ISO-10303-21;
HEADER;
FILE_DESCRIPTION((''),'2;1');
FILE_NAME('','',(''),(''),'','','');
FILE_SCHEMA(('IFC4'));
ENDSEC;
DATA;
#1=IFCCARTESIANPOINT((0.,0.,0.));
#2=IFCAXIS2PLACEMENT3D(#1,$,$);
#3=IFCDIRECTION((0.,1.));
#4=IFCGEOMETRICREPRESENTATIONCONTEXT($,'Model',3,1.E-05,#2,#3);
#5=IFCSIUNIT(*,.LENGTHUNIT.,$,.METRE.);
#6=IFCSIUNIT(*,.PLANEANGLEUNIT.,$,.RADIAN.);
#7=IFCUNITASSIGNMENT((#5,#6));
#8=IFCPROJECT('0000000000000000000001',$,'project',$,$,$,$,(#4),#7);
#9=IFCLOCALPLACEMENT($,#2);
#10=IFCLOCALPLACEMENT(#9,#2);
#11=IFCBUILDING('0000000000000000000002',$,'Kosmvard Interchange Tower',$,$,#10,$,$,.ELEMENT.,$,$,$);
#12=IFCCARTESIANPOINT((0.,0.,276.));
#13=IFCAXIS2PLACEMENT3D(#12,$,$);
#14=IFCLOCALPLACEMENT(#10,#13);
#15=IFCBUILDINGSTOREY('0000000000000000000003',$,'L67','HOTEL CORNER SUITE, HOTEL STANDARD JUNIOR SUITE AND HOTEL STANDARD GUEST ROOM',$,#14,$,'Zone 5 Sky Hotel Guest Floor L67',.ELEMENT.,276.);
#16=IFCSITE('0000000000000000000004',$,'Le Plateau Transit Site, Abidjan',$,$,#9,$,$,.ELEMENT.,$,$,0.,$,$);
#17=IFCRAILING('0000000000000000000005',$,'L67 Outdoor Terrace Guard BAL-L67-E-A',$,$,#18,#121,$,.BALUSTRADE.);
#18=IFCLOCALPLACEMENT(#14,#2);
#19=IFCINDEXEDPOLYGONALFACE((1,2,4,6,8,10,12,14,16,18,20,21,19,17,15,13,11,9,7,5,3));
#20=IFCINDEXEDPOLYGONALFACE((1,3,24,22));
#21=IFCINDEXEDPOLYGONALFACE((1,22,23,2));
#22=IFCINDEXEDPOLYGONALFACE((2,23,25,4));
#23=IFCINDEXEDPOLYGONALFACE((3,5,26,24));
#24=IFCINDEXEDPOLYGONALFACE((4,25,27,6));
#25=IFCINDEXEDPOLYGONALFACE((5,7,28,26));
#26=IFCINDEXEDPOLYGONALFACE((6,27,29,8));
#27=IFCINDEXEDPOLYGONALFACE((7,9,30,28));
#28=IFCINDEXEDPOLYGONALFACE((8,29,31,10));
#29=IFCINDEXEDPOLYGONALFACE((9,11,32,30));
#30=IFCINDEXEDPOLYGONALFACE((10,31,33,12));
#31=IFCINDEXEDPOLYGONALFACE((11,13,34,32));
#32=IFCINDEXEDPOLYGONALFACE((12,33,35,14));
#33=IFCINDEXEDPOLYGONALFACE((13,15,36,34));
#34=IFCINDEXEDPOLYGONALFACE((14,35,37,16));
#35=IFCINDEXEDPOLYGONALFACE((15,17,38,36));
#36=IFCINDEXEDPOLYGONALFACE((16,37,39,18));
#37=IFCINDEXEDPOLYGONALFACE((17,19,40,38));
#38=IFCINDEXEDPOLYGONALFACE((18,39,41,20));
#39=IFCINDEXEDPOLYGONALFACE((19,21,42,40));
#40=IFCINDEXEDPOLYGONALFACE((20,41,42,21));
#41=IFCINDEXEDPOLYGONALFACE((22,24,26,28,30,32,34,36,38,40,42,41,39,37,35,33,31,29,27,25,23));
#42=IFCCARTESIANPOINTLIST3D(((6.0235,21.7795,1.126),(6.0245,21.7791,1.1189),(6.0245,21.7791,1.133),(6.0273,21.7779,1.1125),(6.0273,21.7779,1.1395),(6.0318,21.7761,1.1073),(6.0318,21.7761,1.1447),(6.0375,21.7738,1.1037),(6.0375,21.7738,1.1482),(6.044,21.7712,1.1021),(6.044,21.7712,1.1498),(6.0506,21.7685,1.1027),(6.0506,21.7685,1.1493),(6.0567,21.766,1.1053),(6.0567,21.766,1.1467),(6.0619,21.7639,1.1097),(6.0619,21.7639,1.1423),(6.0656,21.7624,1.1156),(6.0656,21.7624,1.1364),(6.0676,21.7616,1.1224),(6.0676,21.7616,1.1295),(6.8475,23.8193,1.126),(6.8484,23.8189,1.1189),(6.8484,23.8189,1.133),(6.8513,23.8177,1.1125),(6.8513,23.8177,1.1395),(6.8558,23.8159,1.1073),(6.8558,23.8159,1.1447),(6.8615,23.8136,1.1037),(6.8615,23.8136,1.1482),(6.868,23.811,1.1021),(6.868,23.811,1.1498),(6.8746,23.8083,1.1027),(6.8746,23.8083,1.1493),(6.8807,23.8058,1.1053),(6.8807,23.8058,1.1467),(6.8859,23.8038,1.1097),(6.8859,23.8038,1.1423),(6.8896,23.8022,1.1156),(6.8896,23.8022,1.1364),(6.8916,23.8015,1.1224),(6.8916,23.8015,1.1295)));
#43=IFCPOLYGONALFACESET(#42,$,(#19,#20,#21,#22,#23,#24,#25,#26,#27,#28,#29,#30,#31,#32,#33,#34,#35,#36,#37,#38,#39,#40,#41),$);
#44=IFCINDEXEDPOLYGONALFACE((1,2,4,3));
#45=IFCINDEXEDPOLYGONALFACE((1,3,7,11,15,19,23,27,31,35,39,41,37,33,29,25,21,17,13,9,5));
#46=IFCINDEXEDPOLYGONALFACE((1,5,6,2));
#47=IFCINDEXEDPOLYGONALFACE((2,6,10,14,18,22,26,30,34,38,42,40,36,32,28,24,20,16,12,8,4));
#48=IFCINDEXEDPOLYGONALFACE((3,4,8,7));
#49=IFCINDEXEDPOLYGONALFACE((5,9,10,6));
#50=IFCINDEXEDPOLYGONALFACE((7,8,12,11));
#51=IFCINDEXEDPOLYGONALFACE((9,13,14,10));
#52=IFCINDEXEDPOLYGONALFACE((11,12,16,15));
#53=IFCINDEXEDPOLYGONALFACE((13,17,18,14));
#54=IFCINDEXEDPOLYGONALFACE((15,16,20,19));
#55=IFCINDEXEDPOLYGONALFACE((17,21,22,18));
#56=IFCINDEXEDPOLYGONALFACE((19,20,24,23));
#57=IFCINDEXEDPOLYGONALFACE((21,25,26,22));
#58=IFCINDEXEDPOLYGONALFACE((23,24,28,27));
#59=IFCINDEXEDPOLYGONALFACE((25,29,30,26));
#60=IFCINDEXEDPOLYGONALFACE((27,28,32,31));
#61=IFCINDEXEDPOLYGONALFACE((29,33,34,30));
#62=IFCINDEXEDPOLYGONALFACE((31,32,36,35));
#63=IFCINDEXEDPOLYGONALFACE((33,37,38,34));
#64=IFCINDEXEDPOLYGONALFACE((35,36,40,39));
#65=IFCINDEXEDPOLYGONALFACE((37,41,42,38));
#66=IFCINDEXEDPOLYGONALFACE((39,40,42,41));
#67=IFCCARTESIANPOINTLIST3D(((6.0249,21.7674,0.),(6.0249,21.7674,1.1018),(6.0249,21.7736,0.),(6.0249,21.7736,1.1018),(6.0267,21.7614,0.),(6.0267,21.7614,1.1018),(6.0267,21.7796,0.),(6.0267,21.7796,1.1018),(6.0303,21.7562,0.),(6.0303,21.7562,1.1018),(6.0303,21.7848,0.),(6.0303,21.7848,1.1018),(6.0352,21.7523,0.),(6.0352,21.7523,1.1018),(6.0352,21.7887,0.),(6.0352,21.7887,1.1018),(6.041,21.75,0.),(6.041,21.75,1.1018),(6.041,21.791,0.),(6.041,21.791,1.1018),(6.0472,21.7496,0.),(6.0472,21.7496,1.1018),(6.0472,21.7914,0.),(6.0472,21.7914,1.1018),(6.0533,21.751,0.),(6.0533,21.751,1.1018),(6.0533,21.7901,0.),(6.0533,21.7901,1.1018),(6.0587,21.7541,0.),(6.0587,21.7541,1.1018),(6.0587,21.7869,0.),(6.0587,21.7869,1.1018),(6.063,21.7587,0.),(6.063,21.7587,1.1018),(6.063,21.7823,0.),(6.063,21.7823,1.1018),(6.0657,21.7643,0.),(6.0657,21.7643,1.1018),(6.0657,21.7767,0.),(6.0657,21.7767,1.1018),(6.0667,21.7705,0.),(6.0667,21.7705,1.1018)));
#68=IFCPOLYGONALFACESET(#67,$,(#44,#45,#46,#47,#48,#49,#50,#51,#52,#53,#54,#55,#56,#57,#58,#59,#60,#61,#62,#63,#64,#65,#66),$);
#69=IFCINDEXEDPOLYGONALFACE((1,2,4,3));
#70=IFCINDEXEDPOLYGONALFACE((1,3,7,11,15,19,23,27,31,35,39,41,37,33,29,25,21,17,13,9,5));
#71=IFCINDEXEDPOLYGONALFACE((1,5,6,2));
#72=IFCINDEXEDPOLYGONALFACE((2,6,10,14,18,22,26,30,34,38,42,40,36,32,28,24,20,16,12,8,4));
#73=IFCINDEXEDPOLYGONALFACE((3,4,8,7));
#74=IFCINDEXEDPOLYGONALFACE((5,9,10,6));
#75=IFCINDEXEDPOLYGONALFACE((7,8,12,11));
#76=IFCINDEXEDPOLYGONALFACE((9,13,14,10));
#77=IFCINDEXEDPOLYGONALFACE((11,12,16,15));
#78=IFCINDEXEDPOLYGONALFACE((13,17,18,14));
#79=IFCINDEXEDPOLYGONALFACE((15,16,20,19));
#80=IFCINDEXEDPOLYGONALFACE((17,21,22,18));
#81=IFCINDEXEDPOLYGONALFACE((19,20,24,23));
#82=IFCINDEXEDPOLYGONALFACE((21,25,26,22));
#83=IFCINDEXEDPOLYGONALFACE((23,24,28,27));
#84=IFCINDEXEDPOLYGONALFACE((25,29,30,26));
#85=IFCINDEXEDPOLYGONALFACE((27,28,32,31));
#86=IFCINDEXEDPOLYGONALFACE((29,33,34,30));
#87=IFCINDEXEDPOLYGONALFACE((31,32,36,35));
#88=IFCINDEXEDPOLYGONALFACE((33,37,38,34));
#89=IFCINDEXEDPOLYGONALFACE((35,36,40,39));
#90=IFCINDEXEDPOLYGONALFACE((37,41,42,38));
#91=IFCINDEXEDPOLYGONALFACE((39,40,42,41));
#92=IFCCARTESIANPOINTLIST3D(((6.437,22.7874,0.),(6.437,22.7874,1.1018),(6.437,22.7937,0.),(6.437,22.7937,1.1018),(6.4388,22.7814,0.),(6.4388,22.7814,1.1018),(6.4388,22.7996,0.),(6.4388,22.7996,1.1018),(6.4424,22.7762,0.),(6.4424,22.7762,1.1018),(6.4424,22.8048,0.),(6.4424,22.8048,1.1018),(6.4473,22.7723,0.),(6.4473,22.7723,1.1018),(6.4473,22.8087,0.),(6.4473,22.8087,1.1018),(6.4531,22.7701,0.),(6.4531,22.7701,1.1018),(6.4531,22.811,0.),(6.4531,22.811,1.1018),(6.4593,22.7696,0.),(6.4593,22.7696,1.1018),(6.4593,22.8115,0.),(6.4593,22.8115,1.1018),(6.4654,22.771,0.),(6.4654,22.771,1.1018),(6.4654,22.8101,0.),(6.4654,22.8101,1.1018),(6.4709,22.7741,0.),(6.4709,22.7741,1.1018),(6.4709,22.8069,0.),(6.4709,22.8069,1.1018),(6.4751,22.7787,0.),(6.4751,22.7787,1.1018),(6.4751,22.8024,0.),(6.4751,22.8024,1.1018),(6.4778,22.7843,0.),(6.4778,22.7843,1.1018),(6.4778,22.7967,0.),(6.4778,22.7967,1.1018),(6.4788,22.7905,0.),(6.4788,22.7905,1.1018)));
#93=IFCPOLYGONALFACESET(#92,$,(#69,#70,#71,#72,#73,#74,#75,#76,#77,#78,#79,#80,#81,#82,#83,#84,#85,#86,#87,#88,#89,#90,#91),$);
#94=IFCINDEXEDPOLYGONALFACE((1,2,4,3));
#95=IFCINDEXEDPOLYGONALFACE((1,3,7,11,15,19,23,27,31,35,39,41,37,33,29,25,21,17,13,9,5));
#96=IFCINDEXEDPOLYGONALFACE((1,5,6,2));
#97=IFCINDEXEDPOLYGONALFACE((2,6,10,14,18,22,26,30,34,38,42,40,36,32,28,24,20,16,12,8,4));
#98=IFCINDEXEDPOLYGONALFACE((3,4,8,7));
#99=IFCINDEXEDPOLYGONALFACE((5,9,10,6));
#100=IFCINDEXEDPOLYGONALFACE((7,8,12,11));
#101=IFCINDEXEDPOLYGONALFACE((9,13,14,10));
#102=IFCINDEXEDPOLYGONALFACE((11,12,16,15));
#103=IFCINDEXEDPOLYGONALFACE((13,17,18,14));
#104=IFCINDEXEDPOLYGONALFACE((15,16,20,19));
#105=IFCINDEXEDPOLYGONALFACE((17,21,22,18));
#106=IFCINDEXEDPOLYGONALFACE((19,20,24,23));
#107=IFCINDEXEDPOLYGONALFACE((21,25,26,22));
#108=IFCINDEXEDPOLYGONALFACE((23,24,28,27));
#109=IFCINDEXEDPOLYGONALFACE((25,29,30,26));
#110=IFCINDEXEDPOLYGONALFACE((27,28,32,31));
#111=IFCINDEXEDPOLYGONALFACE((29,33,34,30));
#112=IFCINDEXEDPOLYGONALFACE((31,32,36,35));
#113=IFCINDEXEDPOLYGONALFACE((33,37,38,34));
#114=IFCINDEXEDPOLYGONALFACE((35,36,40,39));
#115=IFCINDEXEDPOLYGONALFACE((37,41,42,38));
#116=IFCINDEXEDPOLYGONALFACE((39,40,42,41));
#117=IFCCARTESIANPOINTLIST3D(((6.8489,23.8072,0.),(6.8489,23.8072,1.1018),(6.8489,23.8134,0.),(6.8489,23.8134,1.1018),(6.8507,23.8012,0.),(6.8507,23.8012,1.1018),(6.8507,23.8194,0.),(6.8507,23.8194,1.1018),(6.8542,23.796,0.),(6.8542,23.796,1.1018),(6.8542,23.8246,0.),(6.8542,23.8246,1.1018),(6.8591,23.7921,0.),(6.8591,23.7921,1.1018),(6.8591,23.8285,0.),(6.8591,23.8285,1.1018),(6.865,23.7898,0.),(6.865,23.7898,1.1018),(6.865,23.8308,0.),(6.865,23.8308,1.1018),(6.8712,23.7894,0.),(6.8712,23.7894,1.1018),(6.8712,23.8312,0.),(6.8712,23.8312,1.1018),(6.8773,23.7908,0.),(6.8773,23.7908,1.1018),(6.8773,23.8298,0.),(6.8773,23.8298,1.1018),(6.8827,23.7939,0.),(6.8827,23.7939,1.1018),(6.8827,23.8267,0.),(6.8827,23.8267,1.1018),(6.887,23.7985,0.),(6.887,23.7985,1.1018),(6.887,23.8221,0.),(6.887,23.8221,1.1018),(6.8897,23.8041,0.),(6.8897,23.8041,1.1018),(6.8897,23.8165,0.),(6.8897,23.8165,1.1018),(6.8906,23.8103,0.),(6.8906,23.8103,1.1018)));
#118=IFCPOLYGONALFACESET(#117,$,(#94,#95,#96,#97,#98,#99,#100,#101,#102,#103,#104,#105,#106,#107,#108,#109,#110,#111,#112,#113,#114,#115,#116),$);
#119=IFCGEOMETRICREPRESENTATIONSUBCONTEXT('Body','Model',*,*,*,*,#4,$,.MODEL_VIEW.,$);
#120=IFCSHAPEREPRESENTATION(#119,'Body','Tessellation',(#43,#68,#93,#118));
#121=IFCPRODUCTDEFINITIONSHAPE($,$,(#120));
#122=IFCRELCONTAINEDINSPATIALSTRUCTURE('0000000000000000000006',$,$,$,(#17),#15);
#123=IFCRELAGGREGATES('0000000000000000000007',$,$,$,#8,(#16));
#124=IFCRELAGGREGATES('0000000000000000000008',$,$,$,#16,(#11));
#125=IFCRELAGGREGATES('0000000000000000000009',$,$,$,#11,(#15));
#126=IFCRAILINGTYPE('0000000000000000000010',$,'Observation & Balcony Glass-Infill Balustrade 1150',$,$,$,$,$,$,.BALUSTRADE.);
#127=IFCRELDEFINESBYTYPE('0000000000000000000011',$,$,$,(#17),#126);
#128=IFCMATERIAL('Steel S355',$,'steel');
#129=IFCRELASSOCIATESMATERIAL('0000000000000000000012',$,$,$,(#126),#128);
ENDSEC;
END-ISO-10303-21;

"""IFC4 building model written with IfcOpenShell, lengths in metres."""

from ifc_helpers import new_model, si_unit, direction, frame, origin, origin_2d, place, context, subcontext, project, spatial, circle, extrude, source, transform, mapped, material, type_object, element, save


model = new_model("IFC4")

# Units and contexts
model_context = context("Model", 3, precision=1e-05, world=origin(), true_north=direction((0.0, 1.0)))
body_context = subcontext(model_context, "Body", "Model", "MODEL_VIEW")
ifc_project = project(units=[si_unit("LENGTHUNIT", "METRE"), si_unit("PLANEANGLEUNIT", "RADIAN")], contexts=[model_context])

# Site, building, storey
site_placement = place(None, origin())
site = spatial("IfcSite", under=ifc_project, at=site_placement, Name="Le Plateau Transit Site, Abidjan", CompositionType="ELEMENT", RefElevation=0.0)
building_placement = place(site_placement, origin())
building = spatial("IfcBuilding", under=site, at=building_placement, Name="Kosmvard Interchange Tower", CompositionType="ELEMENT")
storey_placement = place(building_placement, frame((0.0, 0.0, 276.0)))
storey = spatial("IfcBuildingStorey", under=building, at=storey_placement, Name="L67", Description="HOTEL CORNER SUITE, HOTEL STANDARD JUNIOR SUITE AND HOTEL STANDARD GUEST ROOM", LongName="Zone 5 Sky Hotel Guest Floor L67", CompositionType="ELEMENT", Elevation=276.0)

# Shared definitions
ifc_material_1 = material(Name="Steel S355", Category="steel")

# Railing
railing_type_1 = type_object("IfcRailingType", Name="Observation & Balcony Glass-Infill Balustrade 1150", PredefinedType="BALUSTRADE", material=ifc_material_1)
shared_shape_1 = source(origin(), body_context, "Body", "SweptSolid", [
    extrude(circle(Radius=0.0239, at=origin_2d()), frame((0.0, 0.0, 1.126), z_axis=(0.374546, 0.927208, 0.0), x_axis=(-0.927208, 0.374546, 0.0)), (0.0, 0.0, 1.0), 2.2),
    extrude(circle(Radius=0.021, at=origin_2d()), origin(), (0.0, 0.0, 1.0), 1.1018),
    extrude(circle(Radius=0.021, at=origin_2d()), frame((0.4121, 1.02, 0.0)), (0.0, 0.0, 1.0), 1.1018),
    extrude(circle(Radius=0.021, at=origin_2d()), frame((0.824, 2.0398, 0.0)), (0.0, 0.0, 1.0), 1.1018),
])
railing_1_placement = place(storey_placement, frame((6.0457, 21.7705, 0.0)))
element("IfcRailing", 1, at=railing_1_placement, inside=storey, type_object=railing_type_1, Name="L67 Outdoor Terrace Guard BAL-L67-E-A", PredefinedType="BALUSTRADE", context=body_context, shape_type="MappedRepresentation", body=[
    mapped(shared_shape_1, transform((0.0, 0.0, 0.0), scale=1.0)),
])

save(model, "model.ifc")
